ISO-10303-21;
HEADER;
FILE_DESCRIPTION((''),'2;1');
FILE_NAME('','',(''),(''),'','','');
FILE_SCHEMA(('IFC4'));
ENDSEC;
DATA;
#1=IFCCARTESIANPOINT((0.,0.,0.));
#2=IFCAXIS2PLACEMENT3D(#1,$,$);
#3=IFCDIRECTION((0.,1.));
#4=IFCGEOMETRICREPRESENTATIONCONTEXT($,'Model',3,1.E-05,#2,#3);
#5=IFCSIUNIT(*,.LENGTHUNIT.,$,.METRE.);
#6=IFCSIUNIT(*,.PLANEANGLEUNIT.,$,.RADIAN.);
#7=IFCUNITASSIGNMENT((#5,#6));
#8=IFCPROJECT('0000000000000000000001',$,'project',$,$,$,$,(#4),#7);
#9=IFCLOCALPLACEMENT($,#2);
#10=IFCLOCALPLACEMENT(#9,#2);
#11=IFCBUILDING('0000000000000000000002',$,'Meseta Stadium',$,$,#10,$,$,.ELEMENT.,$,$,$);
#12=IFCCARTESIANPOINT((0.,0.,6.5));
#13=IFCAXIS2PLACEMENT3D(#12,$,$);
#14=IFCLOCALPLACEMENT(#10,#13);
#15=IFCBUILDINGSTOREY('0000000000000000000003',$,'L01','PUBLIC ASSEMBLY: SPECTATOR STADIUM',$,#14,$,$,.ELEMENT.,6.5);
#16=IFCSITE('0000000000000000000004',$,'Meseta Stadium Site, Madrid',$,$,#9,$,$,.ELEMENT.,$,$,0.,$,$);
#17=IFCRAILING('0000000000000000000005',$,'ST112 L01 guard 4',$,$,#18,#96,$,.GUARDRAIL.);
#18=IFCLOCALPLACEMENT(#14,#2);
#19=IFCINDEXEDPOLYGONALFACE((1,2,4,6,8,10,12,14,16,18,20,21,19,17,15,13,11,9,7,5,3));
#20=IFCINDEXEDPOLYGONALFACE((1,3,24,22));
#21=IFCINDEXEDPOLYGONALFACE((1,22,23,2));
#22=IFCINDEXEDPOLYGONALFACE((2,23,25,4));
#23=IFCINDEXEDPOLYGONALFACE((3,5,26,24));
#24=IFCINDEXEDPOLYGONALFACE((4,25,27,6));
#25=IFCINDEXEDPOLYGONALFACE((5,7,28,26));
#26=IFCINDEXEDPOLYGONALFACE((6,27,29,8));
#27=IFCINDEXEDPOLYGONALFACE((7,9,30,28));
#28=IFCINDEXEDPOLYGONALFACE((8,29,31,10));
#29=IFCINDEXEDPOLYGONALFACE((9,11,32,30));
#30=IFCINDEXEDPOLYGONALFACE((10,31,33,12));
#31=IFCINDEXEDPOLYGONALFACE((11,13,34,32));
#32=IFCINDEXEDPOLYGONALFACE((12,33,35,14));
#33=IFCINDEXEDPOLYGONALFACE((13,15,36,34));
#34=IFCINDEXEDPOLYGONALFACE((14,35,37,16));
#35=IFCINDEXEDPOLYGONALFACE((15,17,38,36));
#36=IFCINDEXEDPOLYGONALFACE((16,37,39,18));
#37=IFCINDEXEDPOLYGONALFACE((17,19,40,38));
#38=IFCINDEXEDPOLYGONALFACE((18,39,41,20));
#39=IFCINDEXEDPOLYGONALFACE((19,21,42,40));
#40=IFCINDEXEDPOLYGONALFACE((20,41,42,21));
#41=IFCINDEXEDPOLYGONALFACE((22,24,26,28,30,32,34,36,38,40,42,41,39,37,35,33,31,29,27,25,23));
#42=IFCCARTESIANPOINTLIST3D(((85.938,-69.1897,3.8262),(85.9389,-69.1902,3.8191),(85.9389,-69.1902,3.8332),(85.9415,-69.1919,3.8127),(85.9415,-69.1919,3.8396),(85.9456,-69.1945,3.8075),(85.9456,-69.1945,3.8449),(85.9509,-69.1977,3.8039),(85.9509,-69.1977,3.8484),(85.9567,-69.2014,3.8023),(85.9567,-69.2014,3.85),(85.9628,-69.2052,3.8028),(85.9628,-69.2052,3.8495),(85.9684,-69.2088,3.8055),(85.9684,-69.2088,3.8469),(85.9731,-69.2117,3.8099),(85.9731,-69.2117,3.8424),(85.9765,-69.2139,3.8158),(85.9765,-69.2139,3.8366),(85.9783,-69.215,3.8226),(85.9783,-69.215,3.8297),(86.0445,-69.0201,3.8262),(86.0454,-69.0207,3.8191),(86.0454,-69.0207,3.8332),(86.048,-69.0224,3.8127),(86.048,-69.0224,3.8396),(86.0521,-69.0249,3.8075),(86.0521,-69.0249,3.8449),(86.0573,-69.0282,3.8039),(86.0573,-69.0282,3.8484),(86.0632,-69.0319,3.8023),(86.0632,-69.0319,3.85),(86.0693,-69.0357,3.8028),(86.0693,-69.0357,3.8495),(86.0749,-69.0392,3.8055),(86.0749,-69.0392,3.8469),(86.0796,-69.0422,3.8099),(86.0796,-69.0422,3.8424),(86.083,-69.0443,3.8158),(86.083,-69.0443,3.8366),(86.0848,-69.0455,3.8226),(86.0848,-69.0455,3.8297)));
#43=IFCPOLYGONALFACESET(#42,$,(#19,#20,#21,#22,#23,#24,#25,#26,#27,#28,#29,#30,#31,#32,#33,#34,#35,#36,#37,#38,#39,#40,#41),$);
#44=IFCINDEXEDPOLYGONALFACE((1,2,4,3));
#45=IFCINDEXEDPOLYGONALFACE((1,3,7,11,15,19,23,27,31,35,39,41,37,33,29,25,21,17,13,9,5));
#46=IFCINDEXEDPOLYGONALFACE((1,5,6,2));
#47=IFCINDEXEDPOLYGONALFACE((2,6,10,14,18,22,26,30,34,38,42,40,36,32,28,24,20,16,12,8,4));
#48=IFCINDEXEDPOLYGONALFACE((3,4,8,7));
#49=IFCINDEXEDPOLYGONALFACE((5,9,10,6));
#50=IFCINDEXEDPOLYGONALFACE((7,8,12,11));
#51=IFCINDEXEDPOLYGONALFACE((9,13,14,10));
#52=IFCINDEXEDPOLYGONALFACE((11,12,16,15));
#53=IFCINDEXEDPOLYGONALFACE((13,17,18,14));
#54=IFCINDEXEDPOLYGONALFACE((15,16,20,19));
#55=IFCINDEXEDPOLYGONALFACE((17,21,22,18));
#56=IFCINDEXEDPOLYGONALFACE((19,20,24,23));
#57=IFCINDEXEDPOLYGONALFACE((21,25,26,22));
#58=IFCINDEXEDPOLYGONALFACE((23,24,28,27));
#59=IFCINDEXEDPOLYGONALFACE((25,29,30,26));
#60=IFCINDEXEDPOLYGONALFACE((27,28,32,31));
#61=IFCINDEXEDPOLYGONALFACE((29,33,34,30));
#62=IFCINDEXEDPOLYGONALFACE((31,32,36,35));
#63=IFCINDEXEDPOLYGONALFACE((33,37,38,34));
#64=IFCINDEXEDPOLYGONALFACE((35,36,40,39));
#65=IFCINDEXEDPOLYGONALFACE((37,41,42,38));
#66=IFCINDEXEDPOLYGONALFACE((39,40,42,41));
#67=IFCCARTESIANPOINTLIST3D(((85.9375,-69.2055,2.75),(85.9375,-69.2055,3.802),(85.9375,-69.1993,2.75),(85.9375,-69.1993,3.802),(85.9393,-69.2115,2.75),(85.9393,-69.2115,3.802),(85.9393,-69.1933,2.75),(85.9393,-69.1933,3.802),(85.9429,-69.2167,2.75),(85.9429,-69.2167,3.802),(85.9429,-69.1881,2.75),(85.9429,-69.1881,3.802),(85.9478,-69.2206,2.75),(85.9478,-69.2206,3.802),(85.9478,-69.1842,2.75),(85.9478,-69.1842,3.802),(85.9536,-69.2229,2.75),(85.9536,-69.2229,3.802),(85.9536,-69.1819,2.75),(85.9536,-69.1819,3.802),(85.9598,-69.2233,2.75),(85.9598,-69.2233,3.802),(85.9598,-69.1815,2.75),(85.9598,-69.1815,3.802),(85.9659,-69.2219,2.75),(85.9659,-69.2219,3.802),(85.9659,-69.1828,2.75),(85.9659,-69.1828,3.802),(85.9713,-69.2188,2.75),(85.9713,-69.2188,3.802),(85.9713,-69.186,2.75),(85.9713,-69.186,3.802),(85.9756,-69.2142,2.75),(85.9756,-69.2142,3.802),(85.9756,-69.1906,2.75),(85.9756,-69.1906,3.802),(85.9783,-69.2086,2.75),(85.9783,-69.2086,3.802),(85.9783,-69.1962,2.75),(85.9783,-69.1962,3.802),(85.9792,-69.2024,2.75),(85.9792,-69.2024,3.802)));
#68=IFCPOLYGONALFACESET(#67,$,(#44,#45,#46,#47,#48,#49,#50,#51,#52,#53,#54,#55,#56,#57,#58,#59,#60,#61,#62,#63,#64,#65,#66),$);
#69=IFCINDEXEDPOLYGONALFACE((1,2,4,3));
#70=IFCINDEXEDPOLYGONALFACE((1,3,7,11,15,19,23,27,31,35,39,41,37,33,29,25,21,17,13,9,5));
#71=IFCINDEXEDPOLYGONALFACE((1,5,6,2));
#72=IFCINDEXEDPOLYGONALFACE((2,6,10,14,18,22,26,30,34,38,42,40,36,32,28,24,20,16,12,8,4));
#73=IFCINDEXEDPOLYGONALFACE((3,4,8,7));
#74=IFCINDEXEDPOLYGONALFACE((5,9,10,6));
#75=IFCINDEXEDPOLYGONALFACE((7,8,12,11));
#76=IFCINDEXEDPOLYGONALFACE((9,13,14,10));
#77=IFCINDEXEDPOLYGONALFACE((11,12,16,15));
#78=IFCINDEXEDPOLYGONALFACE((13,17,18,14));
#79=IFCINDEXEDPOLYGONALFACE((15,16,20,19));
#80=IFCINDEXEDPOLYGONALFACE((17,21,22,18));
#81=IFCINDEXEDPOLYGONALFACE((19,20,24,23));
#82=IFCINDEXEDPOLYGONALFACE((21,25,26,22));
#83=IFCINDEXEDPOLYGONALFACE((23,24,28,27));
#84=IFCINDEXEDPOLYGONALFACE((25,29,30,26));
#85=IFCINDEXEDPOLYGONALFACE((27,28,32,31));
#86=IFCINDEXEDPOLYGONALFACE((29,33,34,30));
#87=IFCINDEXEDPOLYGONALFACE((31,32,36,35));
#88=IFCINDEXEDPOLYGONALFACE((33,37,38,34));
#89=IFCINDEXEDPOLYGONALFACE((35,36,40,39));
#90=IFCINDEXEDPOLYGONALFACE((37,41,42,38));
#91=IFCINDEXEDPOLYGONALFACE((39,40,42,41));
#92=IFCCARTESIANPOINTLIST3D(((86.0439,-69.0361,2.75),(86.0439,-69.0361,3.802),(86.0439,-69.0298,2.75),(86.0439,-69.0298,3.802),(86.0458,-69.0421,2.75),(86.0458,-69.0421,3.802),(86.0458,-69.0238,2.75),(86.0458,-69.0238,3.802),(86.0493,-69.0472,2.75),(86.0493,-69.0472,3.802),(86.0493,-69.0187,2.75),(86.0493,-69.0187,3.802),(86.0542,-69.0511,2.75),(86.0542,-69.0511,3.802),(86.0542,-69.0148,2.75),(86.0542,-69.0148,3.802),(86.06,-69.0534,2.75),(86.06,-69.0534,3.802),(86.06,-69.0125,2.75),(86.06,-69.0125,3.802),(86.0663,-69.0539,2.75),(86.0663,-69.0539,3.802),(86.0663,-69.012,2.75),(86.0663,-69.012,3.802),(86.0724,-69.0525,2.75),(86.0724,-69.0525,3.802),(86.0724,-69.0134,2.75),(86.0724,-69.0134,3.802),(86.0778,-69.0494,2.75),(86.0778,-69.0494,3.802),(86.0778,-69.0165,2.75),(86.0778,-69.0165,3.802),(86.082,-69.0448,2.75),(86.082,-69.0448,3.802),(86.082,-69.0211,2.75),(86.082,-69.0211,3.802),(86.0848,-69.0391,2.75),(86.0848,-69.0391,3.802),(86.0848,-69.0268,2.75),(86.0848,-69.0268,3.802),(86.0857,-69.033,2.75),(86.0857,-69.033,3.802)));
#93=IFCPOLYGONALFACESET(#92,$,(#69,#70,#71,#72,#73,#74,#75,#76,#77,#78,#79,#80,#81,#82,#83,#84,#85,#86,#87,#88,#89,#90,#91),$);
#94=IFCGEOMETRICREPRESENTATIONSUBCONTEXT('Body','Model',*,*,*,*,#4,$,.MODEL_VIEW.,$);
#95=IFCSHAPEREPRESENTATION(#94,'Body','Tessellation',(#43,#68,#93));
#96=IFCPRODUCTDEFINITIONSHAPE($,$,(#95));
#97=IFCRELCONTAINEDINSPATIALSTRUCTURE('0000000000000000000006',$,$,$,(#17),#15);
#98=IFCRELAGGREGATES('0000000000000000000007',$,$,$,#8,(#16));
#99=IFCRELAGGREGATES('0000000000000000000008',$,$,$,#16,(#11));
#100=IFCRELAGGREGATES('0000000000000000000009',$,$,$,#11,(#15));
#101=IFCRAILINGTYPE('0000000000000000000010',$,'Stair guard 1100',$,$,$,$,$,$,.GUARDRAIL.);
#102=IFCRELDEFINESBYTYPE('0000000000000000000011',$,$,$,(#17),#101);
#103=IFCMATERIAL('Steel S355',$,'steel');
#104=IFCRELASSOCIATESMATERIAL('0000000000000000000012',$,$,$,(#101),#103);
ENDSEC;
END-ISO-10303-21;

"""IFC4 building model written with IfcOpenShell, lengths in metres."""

from ifc_helpers import new_model, si_unit, direction, frame, origin, origin_2d, place, context, subcontext, project, spatial, circle, extrude, material, type_object, element, save


model = new_model("IFC4")

# Units and contexts
model_context = context("Model", 3, precision=1e-05, world=origin(), true_north=direction((0.0, 1.0)))
body_context = subcontext(model_context, "Body", "Model", "MODEL_VIEW")
ifc_project = project(units=[si_unit("LENGTHUNIT", "METRE"), si_unit("PLANEANGLEUNIT", "RADIAN")], contexts=[model_context])

# Site, building, storey
site_placement = place(None, origin())
site = spatial("IfcSite", under=ifc_project, at=site_placement, Name="Meseta Stadium Site, Madrid", CompositionType="ELEMENT", RefElevation=0.0)
building_placement = place(site_placement, origin())
building = spatial("IfcBuilding", under=site, at=building_placement, Name="Meseta Stadium", CompositionType="ELEMENT")
storey_placement = place(building_placement, frame((0.0, 0.0, 6.5)))
storey = spatial("IfcBuildingStorey", under=building, at=storey_placement, Name="L01", Description="PUBLIC ASSEMBLY: SPECTATOR STADIUM", CompositionType="ELEMENT", Elevation=6.5)

# Railing
ifc_material_1 = material(Name="Steel S355", Category="steel")
railing_type_1 = type_object("IfcRailingType", Name="Stair guard 1100", PredefinedType="GUARDRAIL", material=ifc_material_1)
railing_1_placement = place(storey_placement, frame((85.9583, -69.2024, 2.75)))
element("IfcRailing", 1, at=railing_1_placement, inside=storey, type_object=railing_type_1, Name="ST112 L01 guard 4", PredefinedType="GUARDRAIL", context=body_context, shape_type="SweptSolid", body=[
    extrude(circle(Radius=0.0239, at=origin_2d()), frame((0.0, 0.0, 1.0762), z_axis=(0.531972, 0.846762, 0.0), x_axis=(-0.846762, 0.531972, 0.0)), (0.0, 0.0, 1.0), 0.2002),
    extrude(circle(Radius=0.021, at=origin_2d()), origin(), (0.0, 0.0, 1.0), 1.052),
    extrude(circle(Radius=0.021, at=origin_2d()), frame((0.1064, 0.1694, 0.0)), (0.0, 0.0, 1.0), 1.052),
])

save(model, "model.ifc")
